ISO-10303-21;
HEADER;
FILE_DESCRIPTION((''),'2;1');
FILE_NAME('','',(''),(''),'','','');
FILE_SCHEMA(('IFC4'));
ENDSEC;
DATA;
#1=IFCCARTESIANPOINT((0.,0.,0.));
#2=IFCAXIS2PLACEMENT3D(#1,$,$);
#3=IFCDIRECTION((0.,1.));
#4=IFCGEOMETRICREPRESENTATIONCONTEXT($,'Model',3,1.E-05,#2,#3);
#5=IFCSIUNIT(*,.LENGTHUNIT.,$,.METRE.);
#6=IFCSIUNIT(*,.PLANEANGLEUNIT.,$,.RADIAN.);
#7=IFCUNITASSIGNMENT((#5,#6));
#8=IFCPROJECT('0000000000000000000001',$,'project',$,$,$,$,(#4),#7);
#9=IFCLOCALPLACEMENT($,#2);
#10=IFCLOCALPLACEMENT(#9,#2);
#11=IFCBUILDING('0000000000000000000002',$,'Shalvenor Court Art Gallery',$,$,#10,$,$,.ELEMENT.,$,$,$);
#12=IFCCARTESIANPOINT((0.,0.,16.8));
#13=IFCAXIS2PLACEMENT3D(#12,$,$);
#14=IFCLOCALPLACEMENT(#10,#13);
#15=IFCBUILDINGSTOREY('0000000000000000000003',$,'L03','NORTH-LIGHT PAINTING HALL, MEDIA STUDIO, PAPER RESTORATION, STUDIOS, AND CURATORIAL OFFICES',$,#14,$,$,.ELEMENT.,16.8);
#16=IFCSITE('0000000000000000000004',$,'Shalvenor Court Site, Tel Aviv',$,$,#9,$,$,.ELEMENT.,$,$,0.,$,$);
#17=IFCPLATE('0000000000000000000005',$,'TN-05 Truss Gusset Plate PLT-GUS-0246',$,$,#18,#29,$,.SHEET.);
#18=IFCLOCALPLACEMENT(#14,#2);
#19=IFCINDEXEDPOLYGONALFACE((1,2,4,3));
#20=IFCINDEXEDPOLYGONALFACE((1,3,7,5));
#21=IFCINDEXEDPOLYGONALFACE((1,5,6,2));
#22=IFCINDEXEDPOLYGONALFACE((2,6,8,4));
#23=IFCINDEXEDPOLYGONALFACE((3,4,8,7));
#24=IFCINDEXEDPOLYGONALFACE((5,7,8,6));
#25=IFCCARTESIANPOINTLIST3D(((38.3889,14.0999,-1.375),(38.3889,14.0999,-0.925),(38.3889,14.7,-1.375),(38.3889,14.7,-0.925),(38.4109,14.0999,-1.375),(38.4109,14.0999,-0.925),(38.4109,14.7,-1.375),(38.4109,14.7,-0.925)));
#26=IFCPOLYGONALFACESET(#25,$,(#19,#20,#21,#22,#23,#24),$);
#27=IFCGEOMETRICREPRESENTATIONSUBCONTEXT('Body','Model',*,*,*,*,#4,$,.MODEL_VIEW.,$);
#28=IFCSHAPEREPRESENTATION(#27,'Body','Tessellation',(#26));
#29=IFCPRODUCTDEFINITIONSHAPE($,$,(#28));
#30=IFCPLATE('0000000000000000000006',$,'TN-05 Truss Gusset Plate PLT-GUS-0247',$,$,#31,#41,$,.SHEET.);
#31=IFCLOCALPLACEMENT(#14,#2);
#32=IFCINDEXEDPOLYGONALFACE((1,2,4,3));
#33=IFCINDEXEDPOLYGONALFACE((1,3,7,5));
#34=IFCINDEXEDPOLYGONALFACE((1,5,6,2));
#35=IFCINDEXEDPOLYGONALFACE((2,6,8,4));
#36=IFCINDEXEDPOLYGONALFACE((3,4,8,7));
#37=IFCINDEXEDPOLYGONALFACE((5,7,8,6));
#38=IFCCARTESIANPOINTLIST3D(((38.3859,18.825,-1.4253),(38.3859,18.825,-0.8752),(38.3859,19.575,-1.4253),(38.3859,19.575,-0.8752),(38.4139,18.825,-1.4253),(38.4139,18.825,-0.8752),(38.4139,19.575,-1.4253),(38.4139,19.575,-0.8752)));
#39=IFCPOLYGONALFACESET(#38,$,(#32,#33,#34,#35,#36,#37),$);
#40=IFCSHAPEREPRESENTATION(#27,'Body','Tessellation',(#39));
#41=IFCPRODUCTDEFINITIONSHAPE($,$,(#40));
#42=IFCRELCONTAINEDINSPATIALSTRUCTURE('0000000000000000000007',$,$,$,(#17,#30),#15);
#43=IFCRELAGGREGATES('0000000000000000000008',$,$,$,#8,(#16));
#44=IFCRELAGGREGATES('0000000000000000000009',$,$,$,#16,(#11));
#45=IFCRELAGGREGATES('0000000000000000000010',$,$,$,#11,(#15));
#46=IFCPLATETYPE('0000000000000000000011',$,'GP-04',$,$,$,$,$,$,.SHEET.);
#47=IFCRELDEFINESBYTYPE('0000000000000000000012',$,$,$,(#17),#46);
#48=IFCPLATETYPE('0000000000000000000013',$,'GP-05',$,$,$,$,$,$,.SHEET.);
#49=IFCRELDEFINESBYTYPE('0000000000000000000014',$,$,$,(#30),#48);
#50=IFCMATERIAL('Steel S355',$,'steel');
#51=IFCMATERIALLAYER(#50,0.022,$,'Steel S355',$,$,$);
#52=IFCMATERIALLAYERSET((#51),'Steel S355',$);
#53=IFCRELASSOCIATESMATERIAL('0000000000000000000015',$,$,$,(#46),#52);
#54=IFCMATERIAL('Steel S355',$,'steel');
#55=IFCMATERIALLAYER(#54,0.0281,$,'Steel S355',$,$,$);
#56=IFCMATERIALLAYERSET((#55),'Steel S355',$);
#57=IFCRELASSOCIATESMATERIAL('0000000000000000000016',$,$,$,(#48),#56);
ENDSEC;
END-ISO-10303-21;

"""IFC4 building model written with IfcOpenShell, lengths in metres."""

from ifc_helpers import new_model, si_unit, direction, frame, origin, origin_2d, place, context, subcontext, project, spatial, rectangle, extrude, material, layer, layer_set, type_object, element, save


model = new_model("IFC4")

# Units and contexts
model_context = context("Model", 3, precision=1e-05, world=origin(), true_north=direction((0.0, 1.0)))
body_context = subcontext(model_context, "Body", "Model", "MODEL_VIEW")
ifc_project = project(units=[si_unit("LENGTHUNIT", "METRE"), si_unit("PLANEANGLEUNIT", "RADIAN")], contexts=[model_context])

# Site, building, storey
site_placement = place(None, origin())
site = spatial("IfcSite", under=ifc_project, at=site_placement, Name="Shalvenor Court Site, Tel Aviv", CompositionType="ELEMENT", RefElevation=0.0)
building_placement = place(site_placement, origin())
building = spatial("IfcBuilding", under=site, at=building_placement, Name="Shalvenor Court Art Gallery", CompositionType="ELEMENT")
storey_placement = place(building_placement, frame((0.0, 0.0, 16.8)))
storey = spatial("IfcBuildingStorey", under=building, at=storey_placement, Name="L03", Description="NORTH-LIGHT PAINTING HALL, MEDIA STUDIO, PAPER RESTORATION, STUDIOS, AND CURATORIAL OFFICES", CompositionType="ELEMENT", Elevation=16.8)

# Plates
ifc_material_1 = material(Name="Steel S355", Category="steel")
ifc_layer_1 = layer(ifc_material_1, 0.022, Name="Steel S355")
ifc_layer_set_1 = layer_set([ifc_layer_1], Name="Steel S355")
plate_type_1 = type_object("IfcPlateType", Name="GP-04", PredefinedType="SHEET", material=ifc_layer_set_1)
plate_1_placement = place(storey_placement, frame((38.3999, 14.3999, -1.375), z_axis=(0.0, 0.0, 1.0), x_axis=(0.0, 1.0, 0.0)))
element("IfcPlate", 1, at=plate_1_placement, inside=storey, type_object=plate_type_1, Name="TN-05 Truss Gusset Plate PLT-GUS-0246", PredefinedType="SHEET", context=body_context, shape_type="SweptSolid", body=[
    extrude(rectangle(XDim=0.6001, YDim=0.022, at=origin_2d()), origin(), (0.0, 0.0, 1.0), 0.45),
])
ifc_material_2 = material(Name="Steel S355", Category="steel")
ifc_layer_2 = layer(ifc_material_2, 0.0281, Name="Steel S355")
ifc_layer_set_2 = layer_set([ifc_layer_2], Name="Steel S355")
plate_type_2 = type_object("IfcPlateType", Name="GP-05", PredefinedType="SHEET", material=ifc_layer_set_2)
plate_2_placement = place(storey_placement, frame((38.3999, 19.2, -1.4253), z_axis=(0.0, 0.0, 1.0), x_axis=(0.0, 1.0, 0.0)))
element("IfcPlate", 2, at=plate_2_placement, inside=storey, type_object=plate_type_2, Name="TN-05 Truss Gusset Plate PLT-GUS-0247", PredefinedType="SHEET", context=body_context, shape_type="SweptSolid", body=[
    extrude(rectangle(XDim=0.75, YDim=0.0281, at=origin_2d()), origin(), (0.0, 0.0, 1.0), 0.55),
])

save(model, "model.ifc")
